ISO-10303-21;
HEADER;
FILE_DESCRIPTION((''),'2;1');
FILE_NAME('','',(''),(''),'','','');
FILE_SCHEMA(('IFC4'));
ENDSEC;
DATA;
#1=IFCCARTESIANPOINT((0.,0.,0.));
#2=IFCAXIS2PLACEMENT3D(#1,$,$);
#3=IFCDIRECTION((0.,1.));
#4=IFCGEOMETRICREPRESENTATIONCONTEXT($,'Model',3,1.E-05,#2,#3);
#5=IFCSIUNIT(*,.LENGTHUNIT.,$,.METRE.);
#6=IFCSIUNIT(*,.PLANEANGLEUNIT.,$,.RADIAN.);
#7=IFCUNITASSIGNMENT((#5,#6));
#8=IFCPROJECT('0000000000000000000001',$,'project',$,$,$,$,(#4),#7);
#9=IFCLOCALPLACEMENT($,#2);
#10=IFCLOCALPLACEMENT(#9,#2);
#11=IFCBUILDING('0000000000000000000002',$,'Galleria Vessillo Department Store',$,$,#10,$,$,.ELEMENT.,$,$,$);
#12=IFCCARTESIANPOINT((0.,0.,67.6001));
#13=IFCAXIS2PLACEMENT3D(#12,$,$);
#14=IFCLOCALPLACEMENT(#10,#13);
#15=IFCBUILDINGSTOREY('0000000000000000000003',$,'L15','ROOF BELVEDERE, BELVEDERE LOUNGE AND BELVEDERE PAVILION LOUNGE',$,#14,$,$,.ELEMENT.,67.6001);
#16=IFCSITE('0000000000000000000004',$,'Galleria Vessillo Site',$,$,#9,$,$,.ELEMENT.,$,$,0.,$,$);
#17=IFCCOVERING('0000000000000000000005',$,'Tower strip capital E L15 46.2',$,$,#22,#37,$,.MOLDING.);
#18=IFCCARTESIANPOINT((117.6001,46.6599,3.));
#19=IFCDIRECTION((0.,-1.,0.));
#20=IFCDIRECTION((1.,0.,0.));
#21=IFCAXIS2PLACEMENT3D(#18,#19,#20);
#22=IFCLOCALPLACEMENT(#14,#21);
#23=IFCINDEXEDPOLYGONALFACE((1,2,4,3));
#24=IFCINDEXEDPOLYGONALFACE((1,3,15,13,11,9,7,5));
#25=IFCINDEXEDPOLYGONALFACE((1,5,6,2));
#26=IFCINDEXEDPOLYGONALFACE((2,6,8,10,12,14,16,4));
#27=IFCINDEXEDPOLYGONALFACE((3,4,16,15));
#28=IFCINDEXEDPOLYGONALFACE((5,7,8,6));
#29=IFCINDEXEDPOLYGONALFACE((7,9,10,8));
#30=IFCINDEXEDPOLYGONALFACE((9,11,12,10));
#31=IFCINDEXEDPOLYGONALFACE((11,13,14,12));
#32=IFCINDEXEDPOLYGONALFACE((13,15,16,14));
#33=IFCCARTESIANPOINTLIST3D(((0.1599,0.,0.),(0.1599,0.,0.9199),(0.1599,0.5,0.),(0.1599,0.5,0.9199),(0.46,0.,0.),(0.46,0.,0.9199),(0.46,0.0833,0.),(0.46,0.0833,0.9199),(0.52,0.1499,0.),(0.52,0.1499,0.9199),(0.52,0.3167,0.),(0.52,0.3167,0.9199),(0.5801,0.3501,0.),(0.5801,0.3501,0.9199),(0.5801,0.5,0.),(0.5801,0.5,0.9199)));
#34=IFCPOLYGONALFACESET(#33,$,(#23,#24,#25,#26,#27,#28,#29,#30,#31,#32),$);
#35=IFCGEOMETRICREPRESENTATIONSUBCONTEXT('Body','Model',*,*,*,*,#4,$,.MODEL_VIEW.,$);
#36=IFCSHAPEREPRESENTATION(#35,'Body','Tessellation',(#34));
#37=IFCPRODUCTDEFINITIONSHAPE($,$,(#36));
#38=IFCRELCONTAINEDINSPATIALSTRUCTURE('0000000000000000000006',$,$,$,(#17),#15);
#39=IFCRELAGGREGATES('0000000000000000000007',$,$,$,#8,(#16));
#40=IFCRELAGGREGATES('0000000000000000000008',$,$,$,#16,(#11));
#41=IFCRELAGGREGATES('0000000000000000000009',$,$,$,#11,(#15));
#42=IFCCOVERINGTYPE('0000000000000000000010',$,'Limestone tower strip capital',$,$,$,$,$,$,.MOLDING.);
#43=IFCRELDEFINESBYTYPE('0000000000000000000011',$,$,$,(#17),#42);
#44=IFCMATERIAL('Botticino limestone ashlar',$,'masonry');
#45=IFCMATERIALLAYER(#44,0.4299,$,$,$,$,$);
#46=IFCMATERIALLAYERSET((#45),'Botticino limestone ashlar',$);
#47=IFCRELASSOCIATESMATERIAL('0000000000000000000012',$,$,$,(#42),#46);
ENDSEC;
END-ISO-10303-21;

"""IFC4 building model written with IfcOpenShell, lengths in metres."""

from ifc_helpers import new_model, si_unit, direction, frame, origin, place, context, subcontext, project, spatial, polyline, outline, extrude, material, layer, layer_set, type_object, element, save


model = new_model("IFC4")

# Units and contexts
model_context = context("Model", 3, precision=1e-05, world=origin(), true_north=direction((0.0, 1.0)))
body_context = subcontext(model_context, "Body", "Model", "MODEL_VIEW")
ifc_project = project(units=[si_unit("LENGTHUNIT", "METRE"), si_unit("PLANEANGLEUNIT", "RADIAN")], contexts=[model_context])

# Site, building, storey
site_placement = place(None, origin())
site = spatial("IfcSite", under=ifc_project, at=site_placement, Name="Galleria Vessillo Site", CompositionType="ELEMENT", RefElevation=0.0)
building_placement = place(site_placement, origin())
building = spatial("IfcBuilding", under=site, at=building_placement, Name="Galleria Vessillo Department Store", CompositionType="ELEMENT")
storey_placement = place(building_placement, frame((0.0, 0.0, 67.6001)))
storey = spatial("IfcBuildingStorey", under=building, at=storey_placement, Name="L15", Description="ROOF BELVEDERE, BELVEDERE LOUNGE AND BELVEDERE PAVILION LOUNGE", CompositionType="ELEMENT", Elevation=67.6001)

# Covering
ifc_material_1 = material(Name="Botticino limestone ashlar", Category="masonry")
ifc_layer_1 = layer(ifc_material_1, 0.4299)
ifc_layer_set_1 = layer_set([ifc_layer_1], Name="Botticino limestone ashlar")
covering_type_1 = type_object("IfcCoveringType", Name="Limestone tower strip capital", PredefinedType="MOLDING", material=ifc_layer_set_1)
covering_1_placement = place(storey_placement, frame((117.6001, 46.6599, 3.0), z_axis=(0.0, -1.0, 0.0), x_axis=(1.0, 0.0, 0.0)))
element("IfcCovering", 1, at=covering_1_placement, inside=storey, type_object=covering_type_1, Name="Tower strip capital E L15 46.2", PredefinedType="MOLDING", context=body_context, shape_type="SweptSolid", body=[
    extrude(outline(polyline([(0.1599, 0.0), (0.46, 0.0), (0.46, 0.0833), (0.52, 0.1499), (0.52, 0.3167), (0.5801, 0.3501), (0.5801, 0.5), (0.1599, 0.5), (0.1599, 0.0)])), origin(), (0.0, 0.0, 1.0), 0.9199),
])

save(model, "model.ifc")
